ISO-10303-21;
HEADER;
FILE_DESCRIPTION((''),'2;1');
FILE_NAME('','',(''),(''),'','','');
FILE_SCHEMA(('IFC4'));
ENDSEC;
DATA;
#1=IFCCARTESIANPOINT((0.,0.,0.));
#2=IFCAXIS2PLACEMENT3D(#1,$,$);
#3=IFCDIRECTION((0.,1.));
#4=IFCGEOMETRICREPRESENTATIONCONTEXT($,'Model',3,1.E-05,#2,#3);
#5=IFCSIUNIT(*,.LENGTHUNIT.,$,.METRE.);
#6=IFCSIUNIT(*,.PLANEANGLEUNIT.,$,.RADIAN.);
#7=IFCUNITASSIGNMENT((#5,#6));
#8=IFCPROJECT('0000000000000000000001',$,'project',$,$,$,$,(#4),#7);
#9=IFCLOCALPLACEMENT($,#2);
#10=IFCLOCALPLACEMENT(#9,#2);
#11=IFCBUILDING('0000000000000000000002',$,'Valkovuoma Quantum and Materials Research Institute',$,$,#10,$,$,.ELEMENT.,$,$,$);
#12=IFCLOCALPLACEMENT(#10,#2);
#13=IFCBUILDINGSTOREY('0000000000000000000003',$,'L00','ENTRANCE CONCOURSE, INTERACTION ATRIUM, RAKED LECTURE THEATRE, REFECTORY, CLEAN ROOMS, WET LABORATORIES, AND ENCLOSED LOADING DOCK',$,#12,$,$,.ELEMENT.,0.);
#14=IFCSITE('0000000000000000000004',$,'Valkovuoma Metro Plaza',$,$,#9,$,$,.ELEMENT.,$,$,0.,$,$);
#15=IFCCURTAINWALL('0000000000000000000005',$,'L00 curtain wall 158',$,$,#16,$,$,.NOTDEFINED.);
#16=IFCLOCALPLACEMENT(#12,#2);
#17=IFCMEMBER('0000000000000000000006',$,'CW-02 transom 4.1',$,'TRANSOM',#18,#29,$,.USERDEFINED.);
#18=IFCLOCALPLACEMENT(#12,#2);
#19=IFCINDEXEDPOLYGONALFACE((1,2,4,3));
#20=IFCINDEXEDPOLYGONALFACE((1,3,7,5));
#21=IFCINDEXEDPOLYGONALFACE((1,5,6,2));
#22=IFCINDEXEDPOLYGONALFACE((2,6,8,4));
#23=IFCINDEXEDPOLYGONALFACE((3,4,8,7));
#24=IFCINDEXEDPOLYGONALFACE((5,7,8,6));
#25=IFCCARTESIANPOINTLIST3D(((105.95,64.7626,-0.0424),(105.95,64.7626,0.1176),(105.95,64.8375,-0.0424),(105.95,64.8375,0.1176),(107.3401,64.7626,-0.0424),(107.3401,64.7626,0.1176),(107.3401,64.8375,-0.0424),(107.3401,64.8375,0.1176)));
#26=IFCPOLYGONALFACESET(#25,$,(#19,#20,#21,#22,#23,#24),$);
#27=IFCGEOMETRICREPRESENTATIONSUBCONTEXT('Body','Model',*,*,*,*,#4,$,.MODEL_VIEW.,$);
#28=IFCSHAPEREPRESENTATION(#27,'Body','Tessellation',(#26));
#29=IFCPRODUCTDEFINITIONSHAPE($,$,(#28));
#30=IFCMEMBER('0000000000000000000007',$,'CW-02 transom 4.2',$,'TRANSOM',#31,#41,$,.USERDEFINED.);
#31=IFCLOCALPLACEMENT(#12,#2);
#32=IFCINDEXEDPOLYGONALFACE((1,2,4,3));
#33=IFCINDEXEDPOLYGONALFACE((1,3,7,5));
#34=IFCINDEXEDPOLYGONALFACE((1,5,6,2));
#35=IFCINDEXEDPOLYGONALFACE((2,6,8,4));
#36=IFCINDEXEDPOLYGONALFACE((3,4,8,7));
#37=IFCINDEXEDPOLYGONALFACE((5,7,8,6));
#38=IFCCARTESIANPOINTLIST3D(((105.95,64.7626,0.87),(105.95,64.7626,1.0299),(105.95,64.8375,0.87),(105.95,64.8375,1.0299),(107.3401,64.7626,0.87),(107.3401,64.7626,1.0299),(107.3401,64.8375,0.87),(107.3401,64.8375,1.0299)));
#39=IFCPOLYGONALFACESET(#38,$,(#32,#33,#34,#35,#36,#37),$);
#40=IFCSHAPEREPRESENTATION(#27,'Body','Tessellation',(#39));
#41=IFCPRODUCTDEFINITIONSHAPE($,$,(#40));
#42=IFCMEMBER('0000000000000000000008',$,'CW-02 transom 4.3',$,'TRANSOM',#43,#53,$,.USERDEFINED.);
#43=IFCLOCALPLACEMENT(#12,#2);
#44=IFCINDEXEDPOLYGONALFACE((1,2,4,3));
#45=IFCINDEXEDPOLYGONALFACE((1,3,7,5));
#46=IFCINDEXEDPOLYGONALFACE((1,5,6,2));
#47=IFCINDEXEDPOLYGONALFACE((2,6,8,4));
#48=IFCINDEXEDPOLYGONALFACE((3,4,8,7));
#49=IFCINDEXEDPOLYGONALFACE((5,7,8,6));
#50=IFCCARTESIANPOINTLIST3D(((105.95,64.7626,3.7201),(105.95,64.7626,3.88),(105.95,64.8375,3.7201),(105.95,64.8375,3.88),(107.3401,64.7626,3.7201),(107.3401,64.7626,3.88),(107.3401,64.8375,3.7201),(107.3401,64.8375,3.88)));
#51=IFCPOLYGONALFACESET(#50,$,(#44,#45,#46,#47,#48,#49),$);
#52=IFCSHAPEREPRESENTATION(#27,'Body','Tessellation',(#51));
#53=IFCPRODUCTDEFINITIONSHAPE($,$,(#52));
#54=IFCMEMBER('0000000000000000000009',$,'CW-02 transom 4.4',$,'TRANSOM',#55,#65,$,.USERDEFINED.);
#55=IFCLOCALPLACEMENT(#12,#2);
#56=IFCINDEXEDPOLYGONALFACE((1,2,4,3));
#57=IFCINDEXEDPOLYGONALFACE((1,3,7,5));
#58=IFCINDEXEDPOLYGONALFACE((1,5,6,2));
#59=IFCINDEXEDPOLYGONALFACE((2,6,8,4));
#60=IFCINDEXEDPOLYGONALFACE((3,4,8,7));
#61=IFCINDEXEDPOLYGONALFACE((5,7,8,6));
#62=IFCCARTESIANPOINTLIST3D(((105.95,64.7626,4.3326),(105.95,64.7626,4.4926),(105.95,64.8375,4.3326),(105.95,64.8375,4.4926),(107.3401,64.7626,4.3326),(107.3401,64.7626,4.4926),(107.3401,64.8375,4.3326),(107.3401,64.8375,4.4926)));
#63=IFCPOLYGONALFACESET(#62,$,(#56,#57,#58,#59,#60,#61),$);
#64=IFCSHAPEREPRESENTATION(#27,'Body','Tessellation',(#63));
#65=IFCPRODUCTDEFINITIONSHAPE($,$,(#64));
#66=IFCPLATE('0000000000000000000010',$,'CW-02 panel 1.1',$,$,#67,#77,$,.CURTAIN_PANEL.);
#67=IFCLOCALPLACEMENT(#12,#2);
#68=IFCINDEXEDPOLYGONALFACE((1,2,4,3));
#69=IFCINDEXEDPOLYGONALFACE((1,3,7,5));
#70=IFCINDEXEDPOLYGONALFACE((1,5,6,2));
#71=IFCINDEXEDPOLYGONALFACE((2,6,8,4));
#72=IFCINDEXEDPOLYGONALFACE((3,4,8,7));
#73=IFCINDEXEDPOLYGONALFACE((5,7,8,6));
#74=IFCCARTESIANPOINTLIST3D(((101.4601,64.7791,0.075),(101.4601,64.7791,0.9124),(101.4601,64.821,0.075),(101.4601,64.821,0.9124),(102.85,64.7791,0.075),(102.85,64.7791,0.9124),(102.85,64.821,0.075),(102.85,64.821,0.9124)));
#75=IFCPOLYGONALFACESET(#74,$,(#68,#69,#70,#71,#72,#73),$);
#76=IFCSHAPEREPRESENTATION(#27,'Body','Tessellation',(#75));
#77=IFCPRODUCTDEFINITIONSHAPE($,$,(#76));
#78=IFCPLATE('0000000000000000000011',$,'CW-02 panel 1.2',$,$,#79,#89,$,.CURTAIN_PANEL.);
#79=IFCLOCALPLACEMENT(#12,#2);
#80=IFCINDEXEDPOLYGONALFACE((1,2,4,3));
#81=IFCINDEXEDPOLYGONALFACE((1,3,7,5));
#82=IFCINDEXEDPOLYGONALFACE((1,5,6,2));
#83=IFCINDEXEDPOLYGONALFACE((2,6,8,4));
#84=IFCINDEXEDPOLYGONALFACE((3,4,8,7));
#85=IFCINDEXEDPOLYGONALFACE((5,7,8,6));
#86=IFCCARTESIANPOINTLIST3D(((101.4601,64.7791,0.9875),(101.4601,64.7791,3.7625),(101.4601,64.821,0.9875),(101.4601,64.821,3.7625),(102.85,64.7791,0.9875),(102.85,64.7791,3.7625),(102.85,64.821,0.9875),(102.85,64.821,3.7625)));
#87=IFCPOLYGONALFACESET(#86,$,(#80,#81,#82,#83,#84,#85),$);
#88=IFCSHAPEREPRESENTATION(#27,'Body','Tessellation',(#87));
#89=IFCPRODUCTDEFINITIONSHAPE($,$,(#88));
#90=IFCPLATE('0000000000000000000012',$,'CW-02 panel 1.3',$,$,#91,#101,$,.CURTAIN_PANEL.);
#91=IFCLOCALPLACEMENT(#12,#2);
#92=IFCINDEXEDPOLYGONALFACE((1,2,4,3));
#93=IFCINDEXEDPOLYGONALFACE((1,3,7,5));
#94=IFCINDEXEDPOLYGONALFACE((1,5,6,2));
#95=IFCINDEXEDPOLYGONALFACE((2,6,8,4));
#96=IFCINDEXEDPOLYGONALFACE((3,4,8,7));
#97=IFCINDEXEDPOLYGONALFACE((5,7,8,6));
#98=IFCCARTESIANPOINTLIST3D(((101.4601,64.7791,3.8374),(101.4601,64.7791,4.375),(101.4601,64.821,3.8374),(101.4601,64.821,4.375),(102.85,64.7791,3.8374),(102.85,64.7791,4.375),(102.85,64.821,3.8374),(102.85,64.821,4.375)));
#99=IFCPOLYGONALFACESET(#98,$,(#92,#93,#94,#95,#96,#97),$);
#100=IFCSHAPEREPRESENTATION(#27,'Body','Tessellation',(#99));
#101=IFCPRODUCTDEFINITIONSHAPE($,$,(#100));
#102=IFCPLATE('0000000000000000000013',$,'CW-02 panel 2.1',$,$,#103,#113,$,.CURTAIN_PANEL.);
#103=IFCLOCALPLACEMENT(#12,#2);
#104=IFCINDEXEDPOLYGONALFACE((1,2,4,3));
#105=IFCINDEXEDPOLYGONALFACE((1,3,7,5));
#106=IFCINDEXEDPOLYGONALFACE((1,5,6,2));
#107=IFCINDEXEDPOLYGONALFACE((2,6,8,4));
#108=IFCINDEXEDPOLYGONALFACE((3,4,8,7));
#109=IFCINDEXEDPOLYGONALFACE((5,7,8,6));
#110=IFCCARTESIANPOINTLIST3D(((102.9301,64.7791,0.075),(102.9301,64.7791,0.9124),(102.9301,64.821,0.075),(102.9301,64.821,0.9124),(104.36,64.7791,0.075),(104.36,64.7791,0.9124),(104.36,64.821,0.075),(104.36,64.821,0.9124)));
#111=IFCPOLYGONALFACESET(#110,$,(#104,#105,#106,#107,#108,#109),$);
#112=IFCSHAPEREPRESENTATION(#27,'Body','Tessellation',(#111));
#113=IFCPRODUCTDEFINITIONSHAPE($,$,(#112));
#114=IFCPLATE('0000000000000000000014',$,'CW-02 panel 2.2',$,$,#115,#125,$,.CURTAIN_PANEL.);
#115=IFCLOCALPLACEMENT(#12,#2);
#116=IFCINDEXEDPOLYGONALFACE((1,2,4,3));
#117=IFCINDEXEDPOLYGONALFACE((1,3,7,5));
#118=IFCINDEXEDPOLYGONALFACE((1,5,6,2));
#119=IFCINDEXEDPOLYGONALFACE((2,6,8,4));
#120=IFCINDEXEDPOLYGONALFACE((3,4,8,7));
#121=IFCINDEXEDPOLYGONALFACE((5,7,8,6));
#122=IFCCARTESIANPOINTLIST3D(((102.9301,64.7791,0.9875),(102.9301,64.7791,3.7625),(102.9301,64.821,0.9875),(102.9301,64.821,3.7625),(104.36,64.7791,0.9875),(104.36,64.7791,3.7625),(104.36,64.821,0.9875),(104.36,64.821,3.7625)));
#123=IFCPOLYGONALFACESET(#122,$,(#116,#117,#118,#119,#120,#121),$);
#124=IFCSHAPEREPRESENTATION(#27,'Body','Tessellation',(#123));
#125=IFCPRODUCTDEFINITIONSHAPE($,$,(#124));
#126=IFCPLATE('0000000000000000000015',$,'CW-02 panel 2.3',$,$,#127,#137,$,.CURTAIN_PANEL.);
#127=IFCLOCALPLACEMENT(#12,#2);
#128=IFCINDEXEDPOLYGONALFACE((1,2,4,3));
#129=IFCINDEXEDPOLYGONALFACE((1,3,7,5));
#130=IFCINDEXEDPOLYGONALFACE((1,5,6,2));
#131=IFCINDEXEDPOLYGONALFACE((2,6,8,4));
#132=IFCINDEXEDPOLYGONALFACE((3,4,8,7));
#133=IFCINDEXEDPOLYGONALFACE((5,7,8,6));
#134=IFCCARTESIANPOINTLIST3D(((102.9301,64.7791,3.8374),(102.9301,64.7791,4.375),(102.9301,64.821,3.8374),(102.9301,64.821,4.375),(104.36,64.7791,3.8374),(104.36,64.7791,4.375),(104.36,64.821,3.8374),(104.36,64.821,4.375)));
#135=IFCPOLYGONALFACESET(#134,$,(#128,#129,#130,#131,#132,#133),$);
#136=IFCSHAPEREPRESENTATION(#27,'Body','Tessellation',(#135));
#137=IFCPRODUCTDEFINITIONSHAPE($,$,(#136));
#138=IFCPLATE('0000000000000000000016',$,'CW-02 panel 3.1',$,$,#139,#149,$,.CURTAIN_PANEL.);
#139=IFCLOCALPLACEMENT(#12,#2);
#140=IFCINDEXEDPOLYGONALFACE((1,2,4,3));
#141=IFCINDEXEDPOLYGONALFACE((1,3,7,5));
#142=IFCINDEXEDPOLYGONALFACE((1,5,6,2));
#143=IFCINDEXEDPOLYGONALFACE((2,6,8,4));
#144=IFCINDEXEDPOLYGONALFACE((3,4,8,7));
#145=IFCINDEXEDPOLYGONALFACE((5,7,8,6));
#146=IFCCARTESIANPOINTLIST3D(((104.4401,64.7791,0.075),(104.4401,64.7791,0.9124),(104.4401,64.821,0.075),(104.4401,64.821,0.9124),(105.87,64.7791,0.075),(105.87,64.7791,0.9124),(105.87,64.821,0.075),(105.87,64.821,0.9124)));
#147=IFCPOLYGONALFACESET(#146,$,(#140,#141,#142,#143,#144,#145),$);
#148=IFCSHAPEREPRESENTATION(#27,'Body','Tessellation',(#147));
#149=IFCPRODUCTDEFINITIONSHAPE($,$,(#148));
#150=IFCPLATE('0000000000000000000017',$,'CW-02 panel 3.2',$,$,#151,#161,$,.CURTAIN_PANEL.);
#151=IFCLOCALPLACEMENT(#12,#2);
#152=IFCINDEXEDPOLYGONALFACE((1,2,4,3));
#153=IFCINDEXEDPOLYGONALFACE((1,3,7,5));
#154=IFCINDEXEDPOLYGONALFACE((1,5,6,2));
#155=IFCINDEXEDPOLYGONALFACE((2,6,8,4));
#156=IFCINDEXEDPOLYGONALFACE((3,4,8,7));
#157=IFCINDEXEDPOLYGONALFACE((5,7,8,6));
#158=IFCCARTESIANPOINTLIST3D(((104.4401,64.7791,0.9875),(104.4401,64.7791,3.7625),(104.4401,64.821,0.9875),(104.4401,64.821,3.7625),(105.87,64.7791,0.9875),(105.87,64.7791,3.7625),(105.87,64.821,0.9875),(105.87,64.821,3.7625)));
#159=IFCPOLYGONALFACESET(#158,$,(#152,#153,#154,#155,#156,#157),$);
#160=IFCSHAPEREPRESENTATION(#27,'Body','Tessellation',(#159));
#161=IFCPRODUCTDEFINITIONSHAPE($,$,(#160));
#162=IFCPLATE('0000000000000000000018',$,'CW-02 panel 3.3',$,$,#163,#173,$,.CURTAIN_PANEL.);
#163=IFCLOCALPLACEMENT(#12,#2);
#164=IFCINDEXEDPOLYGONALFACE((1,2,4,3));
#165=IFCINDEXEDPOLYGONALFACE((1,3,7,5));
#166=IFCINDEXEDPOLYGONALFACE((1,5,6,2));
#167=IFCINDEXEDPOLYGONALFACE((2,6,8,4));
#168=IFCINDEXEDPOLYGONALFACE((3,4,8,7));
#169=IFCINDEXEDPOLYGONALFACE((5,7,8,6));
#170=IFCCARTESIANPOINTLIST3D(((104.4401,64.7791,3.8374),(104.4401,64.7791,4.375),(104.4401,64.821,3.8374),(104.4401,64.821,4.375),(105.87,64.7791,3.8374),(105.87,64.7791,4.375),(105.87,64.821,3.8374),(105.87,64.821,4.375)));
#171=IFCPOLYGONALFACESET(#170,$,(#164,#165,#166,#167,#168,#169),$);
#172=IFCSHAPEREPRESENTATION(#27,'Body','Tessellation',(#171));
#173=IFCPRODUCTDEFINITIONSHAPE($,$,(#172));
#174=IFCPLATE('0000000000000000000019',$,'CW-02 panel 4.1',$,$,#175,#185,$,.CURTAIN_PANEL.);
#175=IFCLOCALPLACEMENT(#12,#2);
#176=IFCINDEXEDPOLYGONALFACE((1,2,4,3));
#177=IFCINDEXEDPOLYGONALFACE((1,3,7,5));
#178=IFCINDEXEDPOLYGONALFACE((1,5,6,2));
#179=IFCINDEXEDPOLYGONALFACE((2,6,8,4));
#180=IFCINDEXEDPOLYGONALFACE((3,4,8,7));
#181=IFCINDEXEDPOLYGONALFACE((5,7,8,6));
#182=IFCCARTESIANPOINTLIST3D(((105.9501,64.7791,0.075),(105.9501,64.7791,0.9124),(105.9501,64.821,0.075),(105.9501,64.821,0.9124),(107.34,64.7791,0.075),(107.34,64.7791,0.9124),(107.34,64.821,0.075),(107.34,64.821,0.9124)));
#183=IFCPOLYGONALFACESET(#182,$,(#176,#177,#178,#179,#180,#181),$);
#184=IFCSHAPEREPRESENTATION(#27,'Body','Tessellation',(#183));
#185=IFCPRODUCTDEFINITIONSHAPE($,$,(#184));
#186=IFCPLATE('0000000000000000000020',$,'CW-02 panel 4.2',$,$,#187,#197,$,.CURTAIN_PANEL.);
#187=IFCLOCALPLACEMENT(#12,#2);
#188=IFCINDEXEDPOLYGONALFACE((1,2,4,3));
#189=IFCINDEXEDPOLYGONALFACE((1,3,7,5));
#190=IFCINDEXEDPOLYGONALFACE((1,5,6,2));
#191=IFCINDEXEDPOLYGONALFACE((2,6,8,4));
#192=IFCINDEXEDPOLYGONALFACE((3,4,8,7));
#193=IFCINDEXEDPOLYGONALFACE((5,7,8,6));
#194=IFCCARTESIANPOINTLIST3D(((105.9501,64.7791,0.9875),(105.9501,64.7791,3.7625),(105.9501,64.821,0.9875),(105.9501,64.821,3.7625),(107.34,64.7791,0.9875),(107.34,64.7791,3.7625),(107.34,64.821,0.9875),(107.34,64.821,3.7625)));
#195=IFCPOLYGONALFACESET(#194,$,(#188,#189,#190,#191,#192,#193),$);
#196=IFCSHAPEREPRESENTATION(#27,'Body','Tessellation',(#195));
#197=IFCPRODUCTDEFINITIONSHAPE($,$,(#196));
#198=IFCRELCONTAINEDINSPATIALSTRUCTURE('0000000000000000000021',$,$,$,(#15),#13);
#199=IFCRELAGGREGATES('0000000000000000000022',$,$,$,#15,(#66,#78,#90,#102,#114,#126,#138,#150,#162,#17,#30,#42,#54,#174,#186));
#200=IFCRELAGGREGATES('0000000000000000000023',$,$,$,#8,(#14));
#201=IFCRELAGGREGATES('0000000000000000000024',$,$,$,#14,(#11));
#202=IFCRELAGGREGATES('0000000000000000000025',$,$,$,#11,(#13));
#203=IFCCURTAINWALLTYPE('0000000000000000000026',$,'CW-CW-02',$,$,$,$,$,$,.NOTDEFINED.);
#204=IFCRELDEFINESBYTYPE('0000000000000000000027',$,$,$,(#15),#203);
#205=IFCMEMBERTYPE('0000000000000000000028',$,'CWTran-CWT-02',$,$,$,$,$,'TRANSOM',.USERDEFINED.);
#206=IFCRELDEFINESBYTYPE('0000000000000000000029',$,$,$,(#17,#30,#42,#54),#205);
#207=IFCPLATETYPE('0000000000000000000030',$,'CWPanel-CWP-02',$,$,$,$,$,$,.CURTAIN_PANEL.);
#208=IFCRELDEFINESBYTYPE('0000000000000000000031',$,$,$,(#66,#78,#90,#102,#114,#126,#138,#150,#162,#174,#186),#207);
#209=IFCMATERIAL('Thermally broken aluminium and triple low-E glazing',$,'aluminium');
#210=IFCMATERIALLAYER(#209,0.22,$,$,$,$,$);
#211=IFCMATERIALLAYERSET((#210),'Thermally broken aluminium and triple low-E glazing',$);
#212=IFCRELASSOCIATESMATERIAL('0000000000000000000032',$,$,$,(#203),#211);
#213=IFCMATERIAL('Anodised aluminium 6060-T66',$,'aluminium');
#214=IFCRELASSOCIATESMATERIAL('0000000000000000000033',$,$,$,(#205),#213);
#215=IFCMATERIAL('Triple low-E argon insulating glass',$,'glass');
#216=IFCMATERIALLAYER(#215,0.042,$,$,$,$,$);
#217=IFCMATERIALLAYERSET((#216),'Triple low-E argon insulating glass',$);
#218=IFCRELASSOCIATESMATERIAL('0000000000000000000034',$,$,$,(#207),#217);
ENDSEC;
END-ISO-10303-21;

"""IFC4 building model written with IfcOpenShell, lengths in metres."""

from ifc_helpers import new_model, si_unit, direction, frame, origin, origin_2d, place, context, subcontext, project, spatial, rectangle, extrude, material, layer, layer_set, material_profile, profile_set, type_object, element, aggregate, save


model = new_model("IFC4")

# Units and contexts
model_context = context("Model", 3, precision=1e-05, world=origin(), true_north=direction((0.0, 1.0)))
body_context = subcontext(model_context, "Body", "Model", "MODEL_VIEW")
ifc_project = project(units=[si_unit("LENGTHUNIT", "METRE"), si_unit("PLANEANGLEUNIT", "RADIAN")], contexts=[model_context])

# Site, building, storey
site_placement = place(None, origin())
site = spatial("IfcSite", under=ifc_project, at=site_placement, Name="Valkovuoma Metro Plaza", CompositionType="ELEMENT", RefElevation=0.0)
building_placement = place(site_placement, origin())
building = spatial("IfcBuilding", under=site, at=building_placement, Name="Valkovuoma Quantum and Materials Research Institute", CompositionType="ELEMENT")
storey_placement = place(building_placement, origin())
storey = spatial("IfcBuildingStorey", under=building, at=storey_placement, Name="L00", Description="ENTRANCE CONCOURSE, INTERACTION ATRIUM, RAKED LECTURE THEATRE, REFECTORY, CLEAN ROOMS, WET LABORATORIES, AND ENCLOSED LOADING DOCK", CompositionType="ELEMENT", Elevation=0.0)

# Curtain wall, members, plates
ifc_material_1 = material(Name="Thermally broken aluminium and triple low-E glazing", Category="aluminium")
ifc_layer_1 = layer(ifc_material_1, 0.22)
ifc_layer_set_1 = layer_set([ifc_layer_1], Name="Thermally broken aluminium and triple low-E glazing")
curtain_wall_type = type_object("IfcCurtainWallType", Name="CW-CW-02", PredefinedType="NOTDEFINED", material=ifc_layer_set_1)
curtain_wall_placement = place(storey_placement, origin())
curtain_wall = element("IfcCurtainWall", 1, at=curtain_wall_placement, inside=storey, type_object=curtain_wall_type, Name="L00 curtain wall 158", PredefinedType="NOTDEFINED")
ifc_material_2 = material(Name="Anodised aluminium 6060-T66", Category="aluminium")
ifc_material_profile_1 = material_profile(ifc_material_2, rectangle(XDim=0.075, YDim=0.1599, at=origin_2d()), Name="Anodised aluminium 6060-T66")
ifc_profile_set_1 = profile_set([ifc_material_profile_1], Name="Anodised aluminium 6060-T66")
member_type_1 = type_object("IfcMemberType", Name="CWTran-CWT-02", ElementType="TRANSOM", PredefinedType="USERDEFINED", material=ifc_profile_set_1)
member_1_placement = place(storey_placement, frame((105.95, 64.8, 0.0376), z_axis=(1.0, 0.0, 0.0), x_axis=(0.0, 1.0, 0.0)))
member_1 = element("IfcMember", 2, at=member_1_placement, type_object=member_type_1, Name="CW-02 transom 4.1", ObjectType="TRANSOM", PredefinedType="USERDEFINED", context=body_context, shape_type="SweptSolid", body=[
    extrude(rectangle(XDim=0.075, YDim=0.1599, at=origin_2d()), origin(), (0.0, 0.0, 1.0), 1.3901),
])
member_2_placement = place(storey_placement, frame((105.95, 64.8, 0.95), z_axis=(1.0, 0.0, 0.0), x_axis=(0.0, 1.0, 0.0)))
member_2 = element("IfcMember", 3, at=member_2_placement, type_object=member_type_1, Name="CW-02 transom 4.2", ObjectType="TRANSOM", PredefinedType="USERDEFINED", context=body_context, shape_type="SweptSolid", body=[
    extrude(rectangle(XDim=0.075, YDim=0.1599, at=origin_2d()), origin(), (0.0, 0.0, 1.0), 1.3901),
])
member_3_placement = place(storey_placement, frame((105.95, 64.8, 3.8), z_axis=(1.0, 0.0, 0.0), x_axis=(0.0, 1.0, 0.0)))
member_3 = element("IfcMember", 4, at=member_3_placement, type_object=member_type_1, Name="CW-02 transom 4.3", ObjectType="TRANSOM", PredefinedType="USERDEFINED", context=body_context, shape_type="SweptSolid", body=[
    extrude(rectangle(XDim=0.075, YDim=0.1599, at=origin_2d()), origin(), (0.0, 0.0, 1.0), 1.3901),
])
member_4_placement = place(storey_placement, frame((105.95, 64.8, 4.4126), z_axis=(1.0, 0.0, 0.0), x_axis=(0.0, 1.0, 0.0)))
member_4 = element("IfcMember", 5, at=member_4_placement, type_object=member_type_1, Name="CW-02 transom 4.4", ObjectType="TRANSOM", PredefinedType="USERDEFINED", context=body_context, shape_type="SweptSolid", body=[
    extrude(rectangle(XDim=0.075, YDim=0.1599, at=origin_2d()), origin(), (0.0, 0.0, 1.0), 1.3901),
])
ifc_material_3 = material(Name="Triple low-E argon insulating glass", Category="glass")
ifc_layer_2 = layer(ifc_material_3, 0.042)
ifc_layer_set_2 = layer_set([ifc_layer_2], Name="Triple low-E argon insulating glass")
plate_type = type_object("IfcPlateType", Name="CWPanel-CWP-02", PredefinedType="CURTAIN_PANEL", material=ifc_layer_set_2)
plate_1_placement = place(storey_placement, frame((102.155, 64.8, 0.075), z_axis=(0.0, 0.0, 1.0), x_axis=(1.0, 0.0, 0.0)))
plate_1 = element("IfcPlate", 6, at=plate_1_placement, type_object=plate_type, Name="CW-02 panel 1.1", PredefinedType="CURTAIN_PANEL", context=body_context, shape_type="SweptSolid", body=[
    extrude(rectangle(XDim=1.3899, YDim=0.042, at=origin_2d()), origin(), (0.0, 0.0, 1.0), 0.8374),
])
plate_2_placement = place(storey_placement, frame((102.155, 64.8, 0.9875), z_axis=(0.0, 0.0, 1.0), x_axis=(1.0, 0.0, 0.0)))
plate_2 = element("IfcPlate", 7, at=plate_2_placement, type_object=plate_type, Name="CW-02 panel 1.2", PredefinedType="CURTAIN_PANEL", context=body_context, shape_type="SweptSolid", body=[
    extrude(rectangle(XDim=1.3899, YDim=0.042, at=origin_2d()), origin(), (0.0, 0.0, 1.0), 2.7749),
])
plate_3_placement = place(storey_placement, frame((102.155, 64.8, 3.8374), z_axis=(0.0, 0.0, 1.0), x_axis=(1.0, 0.0, 0.0)))
plate_3 = element("IfcPlate", 8, at=plate_3_placement, type_object=plate_type, Name="CW-02 panel 1.3", PredefinedType="CURTAIN_PANEL", context=body_context, shape_type="SweptSolid", body=[
    extrude(rectangle(XDim=1.3899, YDim=0.042, at=origin_2d()), origin(), (0.0, 0.0, 1.0), 0.5376),
])
plate_4_placement = place(storey_placement, frame((103.645, 64.8, 0.075), z_axis=(0.0, 0.0, 1.0), x_axis=(1.0, 0.0, 0.0)))
plate_4 = element("IfcPlate", 9, at=plate_4_placement, type_object=plate_type, Name="CW-02 panel 2.1", PredefinedType="CURTAIN_PANEL", context=body_context, shape_type="SweptSolid", body=[
    extrude(rectangle(XDim=1.4299, YDim=0.042, at=origin_2d()), origin(), (0.0, 0.0, 1.0), 0.8374),
])
plate_5_placement = place(storey_placement, frame((103.645, 64.8, 0.9875), z_axis=(0.0, 0.0, 1.0), x_axis=(1.0, 0.0, 0.0)))
plate_5 = element("IfcPlate", 10, at=plate_5_placement, type_object=plate_type, Name="CW-02 panel 2.2", PredefinedType="CURTAIN_PANEL", context=body_context, shape_type="SweptSolid", body=[
    extrude(rectangle(XDim=1.4299, YDim=0.042, at=origin_2d()), origin(), (0.0, 0.0, 1.0), 2.7749),
])
plate_6_placement = place(storey_placement, frame((103.645, 64.8, 3.8374), z_axis=(0.0, 0.0, 1.0), x_axis=(1.0, 0.0, 0.0)))
plate_6 = element("IfcPlate", 11, at=plate_6_placement, type_object=plate_type, Name="CW-02 panel 2.3", PredefinedType="CURTAIN_PANEL", context=body_context, shape_type="SweptSolid", body=[
    extrude(rectangle(XDim=1.4299, YDim=0.042, at=origin_2d()), origin(), (0.0, 0.0, 1.0), 0.5376),
])
plate_7_placement = place(storey_placement, frame((105.155, 64.8, 0.075), z_axis=(0.0, 0.0, 1.0), x_axis=(1.0, 0.0, 0.0)))
plate_7 = element("IfcPlate", 12, at=plate_7_placement, type_object=plate_type, Name="CW-02 panel 3.1", PredefinedType="CURTAIN_PANEL", context=body_context, shape_type="SweptSolid", body=[
    extrude(rectangle(XDim=1.4299, YDim=0.042, at=origin_2d()), origin(), (0.0, 0.0, 1.0), 0.8374),
])
plate_8_placement = place(storey_placement, frame((105.155, 64.8, 0.9875), z_axis=(0.0, 0.0, 1.0), x_axis=(1.0, 0.0, 0.0)))
plate_8 = element("IfcPlate", 13, at=plate_8_placement, type_object=plate_type, Name="CW-02 panel 3.2", PredefinedType="CURTAIN_PANEL", context=body_context, shape_type="SweptSolid", body=[
    extrude(rectangle(XDim=1.4299, YDim=0.042, at=origin_2d()), origin(), (0.0, 0.0, 1.0), 2.7749),
])
plate_9_placement = place(storey_placement, frame((105.155, 64.8, 3.8374), z_axis=(0.0, 0.0, 1.0), x_axis=(1.0, 0.0, 0.0)))
plate_9 = element("IfcPlate", 14, at=plate_9_placement, type_object=plate_type, Name="CW-02 panel 3.3", PredefinedType="CURTAIN_PANEL", context=body_context, shape_type="SweptSolid", body=[
    extrude(rectangle(XDim=1.4299, YDim=0.042, at=origin_2d()), origin(), (0.0, 0.0, 1.0), 0.5376),
])
plate_10_placement = place(storey_placement, frame((106.645, 64.8, 0.075), z_axis=(0.0, 0.0, 1.0), x_axis=(1.0, 0.0, 0.0)))
plate_10 = element("IfcPlate", 15, at=plate_10_placement, type_object=plate_type, Name="CW-02 panel 4.1", PredefinedType="CURTAIN_PANEL", context=body_context, shape_type="SweptSolid", body=[
    extrude(rectangle(XDim=1.3899, YDim=0.042, at=origin_2d()), origin(), (0.0, 0.0, 1.0), 0.8374),
])
plate_11_placement = place(storey_placement, frame((106.645, 64.8, 0.9875), z_axis=(0.0, 0.0, 1.0), x_axis=(1.0, 0.0, 0.0)))
plate_11 = element("IfcPlate", 16, at=plate_11_placement, type_object=plate_type, Name="CW-02 panel 4.2", PredefinedType="CURTAIN_PANEL", context=body_context, shape_type="SweptSolid", body=[
    extrude(rectangle(XDim=1.3899, YDim=0.042, at=origin_2d()), origin(), (0.0, 0.0, 1.0), 2.7749),
])
aggregate(curtain_wall, [plate_1, plate_2, plate_3, plate_4, plate_5, plate_6, plate_7, plate_8, plate_9, member_1, member_2, member_3, member_4, plate_10, plate_11])

save(model, "model.ifc")
